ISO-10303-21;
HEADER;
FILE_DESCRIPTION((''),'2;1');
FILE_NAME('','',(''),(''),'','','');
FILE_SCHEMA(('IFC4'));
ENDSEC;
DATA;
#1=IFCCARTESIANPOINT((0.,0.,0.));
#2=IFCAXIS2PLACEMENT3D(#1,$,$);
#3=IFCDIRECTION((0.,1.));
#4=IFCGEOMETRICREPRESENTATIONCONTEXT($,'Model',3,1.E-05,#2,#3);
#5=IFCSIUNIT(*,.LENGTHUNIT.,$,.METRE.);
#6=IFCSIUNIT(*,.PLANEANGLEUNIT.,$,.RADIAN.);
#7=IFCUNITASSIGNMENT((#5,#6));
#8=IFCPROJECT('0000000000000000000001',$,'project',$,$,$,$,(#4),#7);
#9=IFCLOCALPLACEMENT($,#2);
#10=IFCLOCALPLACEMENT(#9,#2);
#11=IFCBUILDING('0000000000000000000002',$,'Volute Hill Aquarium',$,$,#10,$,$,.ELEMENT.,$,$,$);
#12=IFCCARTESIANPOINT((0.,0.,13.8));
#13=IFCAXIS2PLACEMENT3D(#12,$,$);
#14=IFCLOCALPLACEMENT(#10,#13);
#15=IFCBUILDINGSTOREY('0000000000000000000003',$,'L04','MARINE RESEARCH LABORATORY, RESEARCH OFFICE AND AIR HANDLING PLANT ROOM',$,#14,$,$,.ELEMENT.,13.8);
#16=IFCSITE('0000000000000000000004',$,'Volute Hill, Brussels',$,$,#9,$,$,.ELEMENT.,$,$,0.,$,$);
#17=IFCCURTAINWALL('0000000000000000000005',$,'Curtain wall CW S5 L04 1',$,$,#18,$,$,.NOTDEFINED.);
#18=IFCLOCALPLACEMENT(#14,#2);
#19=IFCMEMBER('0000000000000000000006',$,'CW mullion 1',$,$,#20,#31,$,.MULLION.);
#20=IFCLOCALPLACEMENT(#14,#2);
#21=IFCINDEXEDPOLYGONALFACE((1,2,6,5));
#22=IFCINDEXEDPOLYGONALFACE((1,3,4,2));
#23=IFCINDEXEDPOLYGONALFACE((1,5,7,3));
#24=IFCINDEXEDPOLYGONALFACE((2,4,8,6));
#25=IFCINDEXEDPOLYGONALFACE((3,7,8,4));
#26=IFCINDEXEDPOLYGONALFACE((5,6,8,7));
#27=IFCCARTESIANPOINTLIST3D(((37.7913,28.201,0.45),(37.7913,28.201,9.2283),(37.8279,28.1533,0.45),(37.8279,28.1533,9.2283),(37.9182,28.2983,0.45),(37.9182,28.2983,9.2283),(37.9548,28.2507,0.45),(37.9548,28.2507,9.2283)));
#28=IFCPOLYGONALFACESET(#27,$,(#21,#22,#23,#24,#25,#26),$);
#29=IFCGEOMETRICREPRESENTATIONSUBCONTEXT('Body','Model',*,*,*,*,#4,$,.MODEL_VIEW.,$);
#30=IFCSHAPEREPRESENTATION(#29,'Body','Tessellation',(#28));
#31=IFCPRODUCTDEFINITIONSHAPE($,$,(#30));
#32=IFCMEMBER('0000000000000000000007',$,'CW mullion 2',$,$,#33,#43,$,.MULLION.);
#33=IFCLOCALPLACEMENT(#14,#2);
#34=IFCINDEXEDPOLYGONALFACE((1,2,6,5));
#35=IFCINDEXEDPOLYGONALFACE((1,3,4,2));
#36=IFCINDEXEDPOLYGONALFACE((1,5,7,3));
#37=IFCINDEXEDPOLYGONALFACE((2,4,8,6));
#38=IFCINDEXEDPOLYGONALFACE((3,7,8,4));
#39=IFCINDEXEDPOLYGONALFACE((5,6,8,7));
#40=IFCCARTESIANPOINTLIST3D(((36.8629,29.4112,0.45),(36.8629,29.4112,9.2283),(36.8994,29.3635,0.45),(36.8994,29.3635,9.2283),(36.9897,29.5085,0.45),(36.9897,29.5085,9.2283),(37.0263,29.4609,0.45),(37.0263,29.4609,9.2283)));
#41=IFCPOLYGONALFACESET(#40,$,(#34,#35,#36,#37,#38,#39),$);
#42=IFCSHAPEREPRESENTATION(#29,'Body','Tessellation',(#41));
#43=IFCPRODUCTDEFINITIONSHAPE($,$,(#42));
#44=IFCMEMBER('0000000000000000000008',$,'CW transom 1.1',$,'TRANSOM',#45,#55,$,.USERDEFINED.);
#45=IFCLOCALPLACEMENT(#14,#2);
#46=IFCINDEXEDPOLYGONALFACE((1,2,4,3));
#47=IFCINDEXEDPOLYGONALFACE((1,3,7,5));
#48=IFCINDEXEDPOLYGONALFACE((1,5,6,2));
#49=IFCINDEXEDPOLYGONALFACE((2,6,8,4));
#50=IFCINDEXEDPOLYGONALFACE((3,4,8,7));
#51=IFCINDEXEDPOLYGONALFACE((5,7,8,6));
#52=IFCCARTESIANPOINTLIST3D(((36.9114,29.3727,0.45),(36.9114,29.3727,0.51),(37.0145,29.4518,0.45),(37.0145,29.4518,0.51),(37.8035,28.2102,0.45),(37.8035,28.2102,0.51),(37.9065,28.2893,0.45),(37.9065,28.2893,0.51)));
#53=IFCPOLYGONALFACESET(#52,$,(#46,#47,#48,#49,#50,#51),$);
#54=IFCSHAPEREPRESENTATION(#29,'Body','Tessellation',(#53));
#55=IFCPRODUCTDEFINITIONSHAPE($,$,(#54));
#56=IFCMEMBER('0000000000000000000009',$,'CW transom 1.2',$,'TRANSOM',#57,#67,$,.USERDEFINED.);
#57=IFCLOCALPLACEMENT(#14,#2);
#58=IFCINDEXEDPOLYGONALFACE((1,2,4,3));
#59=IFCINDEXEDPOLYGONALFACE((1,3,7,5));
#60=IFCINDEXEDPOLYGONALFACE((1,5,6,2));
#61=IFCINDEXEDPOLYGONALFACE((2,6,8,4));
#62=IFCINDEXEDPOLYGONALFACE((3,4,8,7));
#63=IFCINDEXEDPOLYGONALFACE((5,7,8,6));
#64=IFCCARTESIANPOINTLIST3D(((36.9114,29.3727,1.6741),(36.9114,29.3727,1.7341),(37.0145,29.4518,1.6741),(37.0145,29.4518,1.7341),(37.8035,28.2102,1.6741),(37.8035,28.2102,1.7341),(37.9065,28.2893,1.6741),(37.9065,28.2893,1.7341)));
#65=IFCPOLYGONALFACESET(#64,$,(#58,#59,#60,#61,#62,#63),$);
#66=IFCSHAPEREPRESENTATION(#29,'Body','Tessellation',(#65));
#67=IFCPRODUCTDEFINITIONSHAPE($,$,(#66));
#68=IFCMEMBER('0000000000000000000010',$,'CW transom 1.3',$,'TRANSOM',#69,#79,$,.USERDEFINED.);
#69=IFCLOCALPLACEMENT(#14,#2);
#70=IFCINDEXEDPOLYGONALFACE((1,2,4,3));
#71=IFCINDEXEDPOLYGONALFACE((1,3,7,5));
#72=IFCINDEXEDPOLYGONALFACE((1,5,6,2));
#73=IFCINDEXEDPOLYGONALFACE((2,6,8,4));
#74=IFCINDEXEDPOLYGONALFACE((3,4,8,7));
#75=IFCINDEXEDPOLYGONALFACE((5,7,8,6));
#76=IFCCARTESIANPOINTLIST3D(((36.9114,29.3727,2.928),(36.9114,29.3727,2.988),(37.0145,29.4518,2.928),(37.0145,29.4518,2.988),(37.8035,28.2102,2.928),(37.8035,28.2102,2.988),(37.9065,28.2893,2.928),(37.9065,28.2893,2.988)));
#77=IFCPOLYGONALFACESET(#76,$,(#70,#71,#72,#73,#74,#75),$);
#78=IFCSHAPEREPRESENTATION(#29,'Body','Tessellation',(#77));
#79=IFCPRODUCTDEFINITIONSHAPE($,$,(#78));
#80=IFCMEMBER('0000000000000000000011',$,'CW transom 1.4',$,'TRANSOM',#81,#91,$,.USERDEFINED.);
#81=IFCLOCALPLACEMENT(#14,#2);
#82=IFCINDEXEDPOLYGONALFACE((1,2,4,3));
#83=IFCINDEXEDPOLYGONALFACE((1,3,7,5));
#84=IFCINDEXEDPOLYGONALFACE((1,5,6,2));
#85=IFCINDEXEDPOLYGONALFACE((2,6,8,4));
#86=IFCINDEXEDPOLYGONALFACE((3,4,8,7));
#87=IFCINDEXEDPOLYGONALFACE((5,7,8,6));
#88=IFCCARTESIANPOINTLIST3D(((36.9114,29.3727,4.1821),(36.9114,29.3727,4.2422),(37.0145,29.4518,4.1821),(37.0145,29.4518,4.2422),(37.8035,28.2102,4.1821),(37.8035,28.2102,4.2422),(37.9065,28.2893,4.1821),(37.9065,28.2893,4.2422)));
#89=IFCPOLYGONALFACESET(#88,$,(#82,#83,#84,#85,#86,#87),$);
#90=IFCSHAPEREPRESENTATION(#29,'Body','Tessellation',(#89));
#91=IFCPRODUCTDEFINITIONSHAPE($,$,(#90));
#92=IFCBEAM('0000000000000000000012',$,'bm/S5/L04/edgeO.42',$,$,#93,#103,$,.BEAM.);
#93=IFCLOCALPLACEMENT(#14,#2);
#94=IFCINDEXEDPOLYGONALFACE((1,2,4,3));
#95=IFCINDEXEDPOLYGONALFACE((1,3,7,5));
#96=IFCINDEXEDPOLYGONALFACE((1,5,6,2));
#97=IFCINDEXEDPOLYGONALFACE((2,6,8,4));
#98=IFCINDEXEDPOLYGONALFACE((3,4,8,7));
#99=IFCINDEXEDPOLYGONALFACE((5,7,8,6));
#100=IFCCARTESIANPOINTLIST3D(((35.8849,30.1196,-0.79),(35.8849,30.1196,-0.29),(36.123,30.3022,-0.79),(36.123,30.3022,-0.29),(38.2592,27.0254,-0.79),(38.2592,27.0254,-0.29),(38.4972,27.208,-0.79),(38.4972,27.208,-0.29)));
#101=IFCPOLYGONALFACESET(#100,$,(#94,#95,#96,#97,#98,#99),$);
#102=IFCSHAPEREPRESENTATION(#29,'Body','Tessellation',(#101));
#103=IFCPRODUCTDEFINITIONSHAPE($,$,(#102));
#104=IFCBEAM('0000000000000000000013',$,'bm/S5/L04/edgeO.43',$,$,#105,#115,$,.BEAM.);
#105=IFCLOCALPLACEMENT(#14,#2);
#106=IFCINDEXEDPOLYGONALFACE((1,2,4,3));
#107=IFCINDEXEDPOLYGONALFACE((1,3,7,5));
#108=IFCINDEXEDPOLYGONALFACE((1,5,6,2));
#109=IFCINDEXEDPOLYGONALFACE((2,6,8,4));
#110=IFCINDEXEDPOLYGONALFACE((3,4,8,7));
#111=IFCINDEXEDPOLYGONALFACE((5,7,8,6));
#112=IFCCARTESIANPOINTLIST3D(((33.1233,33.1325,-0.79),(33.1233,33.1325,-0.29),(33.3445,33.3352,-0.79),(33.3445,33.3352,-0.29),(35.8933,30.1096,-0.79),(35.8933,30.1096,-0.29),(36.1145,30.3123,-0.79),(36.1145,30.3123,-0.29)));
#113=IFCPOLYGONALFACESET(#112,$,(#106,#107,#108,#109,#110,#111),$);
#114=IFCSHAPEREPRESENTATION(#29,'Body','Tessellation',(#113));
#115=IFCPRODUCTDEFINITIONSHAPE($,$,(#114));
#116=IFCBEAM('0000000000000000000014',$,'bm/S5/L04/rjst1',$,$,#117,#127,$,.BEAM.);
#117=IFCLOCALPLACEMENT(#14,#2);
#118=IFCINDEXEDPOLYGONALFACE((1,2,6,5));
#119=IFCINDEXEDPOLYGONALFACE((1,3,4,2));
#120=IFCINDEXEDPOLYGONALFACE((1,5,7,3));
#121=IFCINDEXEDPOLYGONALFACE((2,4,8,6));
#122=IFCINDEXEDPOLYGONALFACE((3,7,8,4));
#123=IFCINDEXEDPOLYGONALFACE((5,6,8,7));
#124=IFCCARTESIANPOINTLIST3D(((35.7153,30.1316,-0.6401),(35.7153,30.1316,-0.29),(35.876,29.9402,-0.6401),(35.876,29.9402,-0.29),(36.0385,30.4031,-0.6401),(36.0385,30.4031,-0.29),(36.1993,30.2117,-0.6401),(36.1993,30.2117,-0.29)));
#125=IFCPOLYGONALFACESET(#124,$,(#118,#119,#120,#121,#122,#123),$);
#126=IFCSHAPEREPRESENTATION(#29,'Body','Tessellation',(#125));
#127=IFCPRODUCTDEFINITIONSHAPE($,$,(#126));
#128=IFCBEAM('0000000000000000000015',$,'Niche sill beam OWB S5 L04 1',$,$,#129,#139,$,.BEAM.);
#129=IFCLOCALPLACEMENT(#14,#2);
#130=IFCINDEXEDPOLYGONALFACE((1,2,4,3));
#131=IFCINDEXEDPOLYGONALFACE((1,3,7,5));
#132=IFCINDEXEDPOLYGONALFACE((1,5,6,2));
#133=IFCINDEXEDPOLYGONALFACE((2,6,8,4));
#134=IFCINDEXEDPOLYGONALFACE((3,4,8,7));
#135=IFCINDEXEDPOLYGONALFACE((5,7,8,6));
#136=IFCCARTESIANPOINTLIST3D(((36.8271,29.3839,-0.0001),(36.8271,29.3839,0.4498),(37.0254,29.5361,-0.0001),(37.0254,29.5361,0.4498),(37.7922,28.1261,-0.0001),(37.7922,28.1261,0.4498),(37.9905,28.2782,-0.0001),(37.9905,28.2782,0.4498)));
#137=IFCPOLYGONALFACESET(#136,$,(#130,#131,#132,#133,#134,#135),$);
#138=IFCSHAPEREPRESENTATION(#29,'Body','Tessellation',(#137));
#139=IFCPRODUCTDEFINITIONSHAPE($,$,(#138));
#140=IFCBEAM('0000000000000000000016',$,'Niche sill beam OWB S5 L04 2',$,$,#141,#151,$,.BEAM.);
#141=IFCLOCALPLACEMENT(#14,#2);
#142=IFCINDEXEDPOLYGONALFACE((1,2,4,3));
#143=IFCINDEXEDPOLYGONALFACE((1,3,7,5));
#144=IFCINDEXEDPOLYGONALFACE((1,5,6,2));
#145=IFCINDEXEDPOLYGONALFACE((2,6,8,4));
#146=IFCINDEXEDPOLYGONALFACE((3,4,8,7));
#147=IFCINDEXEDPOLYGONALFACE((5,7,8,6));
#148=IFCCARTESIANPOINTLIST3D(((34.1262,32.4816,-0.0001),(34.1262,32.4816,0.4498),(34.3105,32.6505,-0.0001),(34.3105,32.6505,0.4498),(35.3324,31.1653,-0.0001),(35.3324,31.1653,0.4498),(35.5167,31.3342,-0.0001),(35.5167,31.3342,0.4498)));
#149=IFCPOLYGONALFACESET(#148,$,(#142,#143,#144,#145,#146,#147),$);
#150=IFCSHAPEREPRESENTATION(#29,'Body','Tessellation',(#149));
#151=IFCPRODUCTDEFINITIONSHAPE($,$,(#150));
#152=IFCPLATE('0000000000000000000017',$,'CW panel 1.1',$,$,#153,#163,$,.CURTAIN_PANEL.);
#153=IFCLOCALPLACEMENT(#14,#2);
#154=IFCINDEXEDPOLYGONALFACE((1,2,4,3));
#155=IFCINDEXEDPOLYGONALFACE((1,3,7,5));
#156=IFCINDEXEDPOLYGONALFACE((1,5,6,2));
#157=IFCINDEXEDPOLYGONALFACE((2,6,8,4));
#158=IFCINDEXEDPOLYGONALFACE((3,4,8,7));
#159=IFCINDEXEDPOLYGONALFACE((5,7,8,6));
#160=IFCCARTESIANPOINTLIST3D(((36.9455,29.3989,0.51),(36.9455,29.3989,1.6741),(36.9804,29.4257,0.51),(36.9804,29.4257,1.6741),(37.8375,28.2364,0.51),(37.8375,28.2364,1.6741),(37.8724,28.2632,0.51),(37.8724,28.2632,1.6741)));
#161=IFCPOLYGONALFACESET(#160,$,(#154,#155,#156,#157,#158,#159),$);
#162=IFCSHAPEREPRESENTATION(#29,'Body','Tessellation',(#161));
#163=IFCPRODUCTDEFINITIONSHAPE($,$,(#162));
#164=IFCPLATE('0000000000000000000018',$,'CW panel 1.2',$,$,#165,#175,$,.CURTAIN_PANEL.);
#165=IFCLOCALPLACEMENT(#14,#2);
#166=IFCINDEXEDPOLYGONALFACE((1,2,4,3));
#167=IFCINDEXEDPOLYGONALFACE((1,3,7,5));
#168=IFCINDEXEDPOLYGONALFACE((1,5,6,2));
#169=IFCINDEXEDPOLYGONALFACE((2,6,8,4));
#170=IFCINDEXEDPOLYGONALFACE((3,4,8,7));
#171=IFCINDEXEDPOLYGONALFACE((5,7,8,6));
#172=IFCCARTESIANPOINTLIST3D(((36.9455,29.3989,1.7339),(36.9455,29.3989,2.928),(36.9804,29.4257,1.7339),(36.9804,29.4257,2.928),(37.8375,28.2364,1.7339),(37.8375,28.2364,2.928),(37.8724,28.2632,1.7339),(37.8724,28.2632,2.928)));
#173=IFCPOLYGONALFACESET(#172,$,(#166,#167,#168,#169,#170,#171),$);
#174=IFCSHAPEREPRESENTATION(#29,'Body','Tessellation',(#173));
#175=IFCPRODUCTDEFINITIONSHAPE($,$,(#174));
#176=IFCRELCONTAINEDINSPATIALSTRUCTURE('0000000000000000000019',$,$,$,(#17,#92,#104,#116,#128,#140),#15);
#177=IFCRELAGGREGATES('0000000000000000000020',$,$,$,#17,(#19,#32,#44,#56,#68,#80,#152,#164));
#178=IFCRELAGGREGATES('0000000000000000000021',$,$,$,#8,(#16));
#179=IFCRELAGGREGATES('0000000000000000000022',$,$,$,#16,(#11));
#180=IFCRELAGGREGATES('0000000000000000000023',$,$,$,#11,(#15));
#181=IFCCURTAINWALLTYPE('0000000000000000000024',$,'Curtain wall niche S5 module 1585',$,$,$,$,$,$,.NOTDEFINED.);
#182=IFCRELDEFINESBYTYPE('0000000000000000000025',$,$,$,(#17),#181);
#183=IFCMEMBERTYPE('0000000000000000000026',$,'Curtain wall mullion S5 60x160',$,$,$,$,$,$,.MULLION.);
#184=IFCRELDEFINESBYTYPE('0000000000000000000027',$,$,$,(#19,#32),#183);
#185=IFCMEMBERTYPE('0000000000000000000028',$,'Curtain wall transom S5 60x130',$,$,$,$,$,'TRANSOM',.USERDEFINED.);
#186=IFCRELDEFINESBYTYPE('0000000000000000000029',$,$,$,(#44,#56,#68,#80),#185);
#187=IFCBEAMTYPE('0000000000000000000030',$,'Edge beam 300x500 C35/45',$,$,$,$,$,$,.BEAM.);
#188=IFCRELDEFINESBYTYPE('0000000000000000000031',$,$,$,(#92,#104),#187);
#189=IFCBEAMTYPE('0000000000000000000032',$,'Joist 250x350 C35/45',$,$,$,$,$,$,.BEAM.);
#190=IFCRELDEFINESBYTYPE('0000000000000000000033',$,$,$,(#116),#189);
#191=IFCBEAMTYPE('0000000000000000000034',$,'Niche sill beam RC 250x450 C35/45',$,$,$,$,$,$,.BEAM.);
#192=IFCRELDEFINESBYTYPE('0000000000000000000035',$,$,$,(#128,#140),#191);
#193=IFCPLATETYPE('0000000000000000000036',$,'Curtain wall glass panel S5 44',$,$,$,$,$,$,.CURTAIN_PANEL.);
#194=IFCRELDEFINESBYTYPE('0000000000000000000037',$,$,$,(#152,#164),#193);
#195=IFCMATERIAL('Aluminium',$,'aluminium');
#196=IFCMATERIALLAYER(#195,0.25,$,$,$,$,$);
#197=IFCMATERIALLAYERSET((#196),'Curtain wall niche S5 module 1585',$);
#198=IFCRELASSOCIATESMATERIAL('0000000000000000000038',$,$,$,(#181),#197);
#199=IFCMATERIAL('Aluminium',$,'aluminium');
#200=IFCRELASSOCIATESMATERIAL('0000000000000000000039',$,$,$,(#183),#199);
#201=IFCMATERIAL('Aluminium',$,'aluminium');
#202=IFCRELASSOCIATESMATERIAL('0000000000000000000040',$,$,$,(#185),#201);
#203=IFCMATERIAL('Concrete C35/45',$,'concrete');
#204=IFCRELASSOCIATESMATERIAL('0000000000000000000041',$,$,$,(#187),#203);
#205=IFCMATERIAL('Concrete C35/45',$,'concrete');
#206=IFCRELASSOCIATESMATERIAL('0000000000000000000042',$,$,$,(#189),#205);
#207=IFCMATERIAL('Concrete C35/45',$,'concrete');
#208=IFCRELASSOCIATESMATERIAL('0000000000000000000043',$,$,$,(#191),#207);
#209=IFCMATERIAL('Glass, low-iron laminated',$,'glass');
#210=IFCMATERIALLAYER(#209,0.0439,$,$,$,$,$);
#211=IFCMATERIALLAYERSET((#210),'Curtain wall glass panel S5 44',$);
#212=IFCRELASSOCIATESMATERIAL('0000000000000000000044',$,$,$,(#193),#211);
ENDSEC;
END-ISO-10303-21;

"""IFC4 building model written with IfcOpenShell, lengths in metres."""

from ifc_helpers import new_model, si_unit, direction, frame, origin, origin_2d, place, context, subcontext, project, spatial, rectangle, extrude, material, layer, layer_set, material_profile, profile_set, type_object, element, aggregate, save


model = new_model("IFC4")

# Units and contexts
model_context = context("Model", 3, precision=1e-05, world=origin(), true_north=direction((0.0, 1.0)))
body_context = subcontext(model_context, "Body", "Model", "MODEL_VIEW")
ifc_project = project(units=[si_unit("LENGTHUNIT", "METRE"), si_unit("PLANEANGLEUNIT", "RADIAN")], contexts=[model_context])

# Site, building, storey
site_placement = place(None, origin())
site = spatial("IfcSite", under=ifc_project, at=site_placement, Name="Volute Hill, Brussels", CompositionType="ELEMENT", RefElevation=0.0)
building_placement = place(site_placement, origin())
building = spatial("IfcBuilding", under=site, at=building_placement, Name="Volute Hill Aquarium", CompositionType="ELEMENT")
storey_placement = place(building_placement, frame((0.0, 0.0, 13.8)))
storey = spatial("IfcBuildingStorey", under=building, at=storey_placement, Name="L04", Description="MARINE RESEARCH LABORATORY, RESEARCH OFFICE AND AIR HANDLING PLANT ROOM", CompositionType="ELEMENT", Elevation=13.8)

# Curtain wall, members
ifc_material_1 = material(Name="Aluminium", Category="aluminium")
ifc_layer_1 = layer(ifc_material_1, 0.25)
ifc_layer_set_1 = layer_set([ifc_layer_1], Name="Curtain wall niche S5 module 1585")
curtain_wall_type = type_object("IfcCurtainWallType", Name="Curtain wall niche S5 module 1585", PredefinedType="NOTDEFINED", material=ifc_layer_set_1)
curtain_wall_placement = place(storey_placement, origin())
curtain_wall = element("IfcCurtainWall", 1, at=curtain_wall_placement, inside=storey, type_object=curtain_wall_type, Name="Curtain wall CW S5 L04 1", PredefinedType="NOTDEFINED")
ifc_material_2 = material(Name="Aluminium", Category="aluminium")
ifc_material_profile_1 = material_profile(ifc_material_2, rectangle(XDim=0.1599, YDim=0.0601, at=origin_2d()), Name="Curtain wall mullion S5 60x160")
ifc_profile_set_1 = profile_set([ifc_material_profile_1], Name="Aluminium")
member_type_1 = type_object("IfcMemberType", Name="Curtain wall mullion S5 60x160", PredefinedType="MULLION", material=ifc_profile_set_1)
member_1_placement = place(storey_placement, frame((37.873, 28.2258, 0.45), z_axis=(0.0, 0.0, 1.0), x_axis=(-0.793361, -0.608752, 0.0)))
member_1 = element("IfcMember", 2, at=member_1_placement, type_object=member_type_1, Name="CW mullion 1", PredefinedType="MULLION", context=body_context, shape_type="SweptSolid", body=[
    extrude(rectangle(XDim=0.1599, YDim=0.0601, at=origin_2d()), origin(), (0.0, 0.0, 1.0), 8.7783),
])
member_2_placement = place(storey_placement, frame((36.9446, 29.436, 0.45), z_axis=(0.0, 0.0, 1.0), x_axis=(-0.793361, -0.608752, 0.0)))
member_2 = element("IfcMember", 3, at=member_2_placement, type_object=member_type_1, Name="CW mullion 2", PredefinedType="MULLION", context=body_context, shape_type="SweptSolid", body=[
    extrude(rectangle(XDim=0.1599, YDim=0.0601, at=origin_2d()), origin(), (0.0, 0.0, 1.0), 8.7783),
])
ifc_material_3 = material(Name="Aluminium", Category="aluminium")
ifc_material_profile_2 = material_profile(ifc_material_3, rectangle(XDim=0.1299, YDim=0.0601, at=origin_2d()), Name="Curtain wall transom S5 60x130")
ifc_profile_set_2 = profile_set([ifc_material_profile_2], Name="Aluminium")
member_type_2 = type_object("IfcMemberType", Name="Curtain wall transom S5 60x130", ElementType="TRANSOM", PredefinedType="USERDEFINED", material=ifc_profile_set_2)
member_3_placement = place(storey_placement, frame((37.855, 28.2498, 0.48), z_axis=(-0.60876, 0.793354, 0.0), x_axis=(-0.793354, -0.60876, 0.0)))
member_3 = element("IfcMember", 4, at=member_3_placement, type_object=member_type_2, Name="CW transom 1.1", ObjectType="TRANSOM", PredefinedType="USERDEFINED", context=body_context, shape_type="SweptSolid", body=[
    extrude(rectangle(XDim=0.1299, YDim=0.0601, at=origin_2d()), origin(), (0.0, 0.0, 1.0), 1.4653),
])
member_4_placement = place(storey_placement, frame((37.855, 28.2498, 1.7041), z_axis=(-0.60876, 0.793354, 0.0), x_axis=(-0.793354, -0.60876, 0.0)))
member_4 = element("IfcMember", 5, at=member_4_placement, type_object=member_type_2, Name="CW transom 1.2", ObjectType="TRANSOM", PredefinedType="USERDEFINED", context=body_context, shape_type="SweptSolid", body=[
    extrude(rectangle(XDim=0.1299, YDim=0.0601, at=origin_2d()), origin(), (0.0, 0.0, 1.0), 1.4653),
])
member_5_placement = place(storey_placement, frame((37.855, 28.2498, 2.958), z_axis=(-0.60876, 0.793354, 0.0), x_axis=(-0.793354, -0.60876, 0.0)))
member_5 = element("IfcMember", 6, at=member_5_placement, type_object=member_type_2, Name="CW transom 1.3", ObjectType="TRANSOM", PredefinedType="USERDEFINED", context=body_context, shape_type="SweptSolid", body=[
    extrude(rectangle(XDim=0.1299, YDim=0.0601, at=origin_2d()), origin(), (0.0, 0.0, 1.0), 1.4653),
])
member_6_placement = place(storey_placement, frame((37.855, 28.2498, 4.2122), z_axis=(-0.60876, 0.793354, 0.0), x_axis=(-0.793354, -0.60876, 0.0)))
member_6 = element("IfcMember", 7, at=member_6_placement, type_object=member_type_2, Name="CW transom 1.4", ObjectType="TRANSOM", PredefinedType="USERDEFINED", context=body_context, shape_type="SweptSolid", body=[
    extrude(rectangle(XDim=0.1299, YDim=0.0601, at=origin_2d()), origin(), (0.0, 0.0, 1.0), 1.4653),
])

# Beams
ifc_material_4 = material(Name="Concrete C35/45", Category="concrete")
ifc_material_profile_3 = material_profile(ifc_material_4, rectangle(XDim=0.3, YDim=0.5, at=origin_2d()), Name="RC edge beam 300x500")
ifc_profile_set_3 = profile_set([ifc_material_profile_3], Name="Concrete C35/45")
beam_type_1 = type_object("IfcBeamType", Name="Edge beam 300x500 C35/45", PredefinedType="BEAM", material=ifc_profile_set_3)
beam_1_placement = place(storey_placement, frame((38.3782, 27.1167, -0.54), z_axis=(-0.608757, 0.793356, 0.0), x_axis=(-0.793356, -0.608757, 0.0)))
element("IfcBeam", 8, at=beam_1_placement, inside=storey, type_object=beam_type_1, Name="bm/S5/L04/edgeO.42", PredefinedType="BEAM", context=body_context, shape_type="SweptSolid", body=[
    extrude(rectangle(XDim=0.3, YDim=0.5, at=origin_2d()), origin(), (0.0, 0.0, 1.0), 3.9001),
])
beam_2_placement = place(storey_placement, frame((36.0039, 30.2109, -0.54), z_axis=(-0.67559, 0.737278, 0.0), x_axis=(-0.737278, -0.67559, 0.0)))
element("IfcBeam", 9, at=beam_2_placement, inside=storey, type_object=beam_type_1, Name="bm/S5/L04/edgeO.43", PredefinedType="BEAM", context=body_context, shape_type="SweptSolid", body=[
    extrude(rectangle(XDim=0.3, YDim=0.5, at=origin_2d()), origin(), (0.0, 0.0, 1.0), 4.1001),
])
ifc_material_5 = material(Name="Concrete C35/45", Category="concrete")
ifc_material_profile_4 = material_profile(ifc_material_5, rectangle(XDim=0.25, YDim=0.3501, at=origin_2d()), Name="RC joist 250x350")
ifc_profile_set_4 = profile_set([ifc_material_profile_4], Name="Concrete C35/45")
beam_type_2 = type_object("IfcBeamType", Name="Joist 250x350 C35/45", PredefinedType="BEAM", material=ifc_profile_set_4)
beam_3_placement = place(storey_placement, frame((35.7957, 30.0359, -0.4651), z_axis=(0.76575, 0.643138, 0.0), x_axis=(-0.643138, 0.76575, 0.0)))
element("IfcBeam", 10, at=beam_3_placement, inside=storey, type_object=beam_type_2, Name="bm/S5/L04/rjst1", PredefinedType="BEAM", context=body_context, shape_type="SweptSolid", body=[
    extrude(rectangle(XDim=0.25, YDim=0.3501, at=origin_2d()), origin(), (0.0, 0.0, 1.0), 0.4221),
])
ifc_material_6 = material(Name="Concrete C35/45", Category="concrete")
ifc_material_profile_5 = material_profile(ifc_material_6, rectangle(XDim=0.25, YDim=0.45, at=origin_2d()), Name="RC beam 250x450")
ifc_profile_set_5 = profile_set([ifc_material_profile_5], Name="Concrete C35/45")
beam_type_3 = type_object("IfcBeamType", Name="Niche sill beam RC 250x450 C35/45", PredefinedType="BEAM", material=ifc_profile_set_5)
beam_4_placement = place(storey_placement, frame((37.8914, 28.2021, 0.2249), z_axis=(-0.608735, 0.793373, 0.0), x_axis=(-0.793373, -0.608735, 0.0)))
element("IfcBeam", 11, at=beam_4_placement, inside=storey, type_object=beam_type_3, Name="Niche sill beam OWB S5 L04 1", PredefinedType="BEAM", context=body_context, shape_type="SweptSolid", body=[
    extrude(rectangle(XDim=0.25, YDim=0.45, at=origin_2d()), origin(), (0.0, 0.0, 1.0), 1.5854),
])
beam_5_placement = place(storey_placement, frame((35.4246, 31.2498, 0.2249), z_axis=(-0.675601, 0.737268, 0.0), x_axis=(-0.737268, -0.675601, 0.0)))
element("IfcBeam", 12, at=beam_5_placement, inside=storey, type_object=beam_type_3, Name="Niche sill beam OWB S5 L04 2", PredefinedType="BEAM", context=body_context, shape_type="SweptSolid", body=[
    extrude(rectangle(XDim=0.25, YDim=0.45, at=origin_2d()), origin(), (0.0, 0.0, 1.0), 1.7854),
])

# Plates
ifc_material_7 = material(Name="Glass, low-iron laminated", Category="glass")
ifc_layer_2 = layer(ifc_material_7, 0.0439)
ifc_layer_set_2 = layer_set([ifc_layer_2], Name="Curtain wall glass panel S5 44")
plate_type = type_object("IfcPlateType", Name="Curtain wall glass panel S5 44", PredefinedType="CURTAIN_PANEL", material=ifc_layer_set_2)
plate_1_placement = place(storey_placement, frame((37.4089, 28.8311, 0.51), z_axis=(0.0, 0.0, 1.0), x_axis=(-0.608752, 0.793361, 0.0)))
plate_1 = element("IfcPlate", 13, at=plate_1_placement, type_object=plate_type, Name="CW panel 1.1", PredefinedType="CURTAIN_PANEL", context=body_context, shape_type="SweptSolid", body=[
    extrude(rectangle(XDim=1.4653, YDim=0.0439, at=origin_2d()), origin(), (0.0, 0.0, 1.0), 1.1641),
])
plate_2_placement = place(storey_placement, frame((37.4089, 28.8311, 1.7339), z_axis=(0.0, 0.0, 1.0), x_axis=(-0.608752, 0.793361, 0.0)))
plate_2 = element("IfcPlate", 14, at=plate_2_placement, type_object=plate_type, Name="CW panel 1.2", PredefinedType="CURTAIN_PANEL", context=body_context, shape_type="SweptSolid", body=[
    extrude(rectangle(XDim=1.4653, YDim=0.0439, at=origin_2d()), origin(), (0.0, 0.0, 1.0), 1.1941),
])
aggregate(curtain_wall, [member_1, member_2, member_3, member_4, member_5, member_6, plate_1, plate_2])

save(model, "model.ifc")
